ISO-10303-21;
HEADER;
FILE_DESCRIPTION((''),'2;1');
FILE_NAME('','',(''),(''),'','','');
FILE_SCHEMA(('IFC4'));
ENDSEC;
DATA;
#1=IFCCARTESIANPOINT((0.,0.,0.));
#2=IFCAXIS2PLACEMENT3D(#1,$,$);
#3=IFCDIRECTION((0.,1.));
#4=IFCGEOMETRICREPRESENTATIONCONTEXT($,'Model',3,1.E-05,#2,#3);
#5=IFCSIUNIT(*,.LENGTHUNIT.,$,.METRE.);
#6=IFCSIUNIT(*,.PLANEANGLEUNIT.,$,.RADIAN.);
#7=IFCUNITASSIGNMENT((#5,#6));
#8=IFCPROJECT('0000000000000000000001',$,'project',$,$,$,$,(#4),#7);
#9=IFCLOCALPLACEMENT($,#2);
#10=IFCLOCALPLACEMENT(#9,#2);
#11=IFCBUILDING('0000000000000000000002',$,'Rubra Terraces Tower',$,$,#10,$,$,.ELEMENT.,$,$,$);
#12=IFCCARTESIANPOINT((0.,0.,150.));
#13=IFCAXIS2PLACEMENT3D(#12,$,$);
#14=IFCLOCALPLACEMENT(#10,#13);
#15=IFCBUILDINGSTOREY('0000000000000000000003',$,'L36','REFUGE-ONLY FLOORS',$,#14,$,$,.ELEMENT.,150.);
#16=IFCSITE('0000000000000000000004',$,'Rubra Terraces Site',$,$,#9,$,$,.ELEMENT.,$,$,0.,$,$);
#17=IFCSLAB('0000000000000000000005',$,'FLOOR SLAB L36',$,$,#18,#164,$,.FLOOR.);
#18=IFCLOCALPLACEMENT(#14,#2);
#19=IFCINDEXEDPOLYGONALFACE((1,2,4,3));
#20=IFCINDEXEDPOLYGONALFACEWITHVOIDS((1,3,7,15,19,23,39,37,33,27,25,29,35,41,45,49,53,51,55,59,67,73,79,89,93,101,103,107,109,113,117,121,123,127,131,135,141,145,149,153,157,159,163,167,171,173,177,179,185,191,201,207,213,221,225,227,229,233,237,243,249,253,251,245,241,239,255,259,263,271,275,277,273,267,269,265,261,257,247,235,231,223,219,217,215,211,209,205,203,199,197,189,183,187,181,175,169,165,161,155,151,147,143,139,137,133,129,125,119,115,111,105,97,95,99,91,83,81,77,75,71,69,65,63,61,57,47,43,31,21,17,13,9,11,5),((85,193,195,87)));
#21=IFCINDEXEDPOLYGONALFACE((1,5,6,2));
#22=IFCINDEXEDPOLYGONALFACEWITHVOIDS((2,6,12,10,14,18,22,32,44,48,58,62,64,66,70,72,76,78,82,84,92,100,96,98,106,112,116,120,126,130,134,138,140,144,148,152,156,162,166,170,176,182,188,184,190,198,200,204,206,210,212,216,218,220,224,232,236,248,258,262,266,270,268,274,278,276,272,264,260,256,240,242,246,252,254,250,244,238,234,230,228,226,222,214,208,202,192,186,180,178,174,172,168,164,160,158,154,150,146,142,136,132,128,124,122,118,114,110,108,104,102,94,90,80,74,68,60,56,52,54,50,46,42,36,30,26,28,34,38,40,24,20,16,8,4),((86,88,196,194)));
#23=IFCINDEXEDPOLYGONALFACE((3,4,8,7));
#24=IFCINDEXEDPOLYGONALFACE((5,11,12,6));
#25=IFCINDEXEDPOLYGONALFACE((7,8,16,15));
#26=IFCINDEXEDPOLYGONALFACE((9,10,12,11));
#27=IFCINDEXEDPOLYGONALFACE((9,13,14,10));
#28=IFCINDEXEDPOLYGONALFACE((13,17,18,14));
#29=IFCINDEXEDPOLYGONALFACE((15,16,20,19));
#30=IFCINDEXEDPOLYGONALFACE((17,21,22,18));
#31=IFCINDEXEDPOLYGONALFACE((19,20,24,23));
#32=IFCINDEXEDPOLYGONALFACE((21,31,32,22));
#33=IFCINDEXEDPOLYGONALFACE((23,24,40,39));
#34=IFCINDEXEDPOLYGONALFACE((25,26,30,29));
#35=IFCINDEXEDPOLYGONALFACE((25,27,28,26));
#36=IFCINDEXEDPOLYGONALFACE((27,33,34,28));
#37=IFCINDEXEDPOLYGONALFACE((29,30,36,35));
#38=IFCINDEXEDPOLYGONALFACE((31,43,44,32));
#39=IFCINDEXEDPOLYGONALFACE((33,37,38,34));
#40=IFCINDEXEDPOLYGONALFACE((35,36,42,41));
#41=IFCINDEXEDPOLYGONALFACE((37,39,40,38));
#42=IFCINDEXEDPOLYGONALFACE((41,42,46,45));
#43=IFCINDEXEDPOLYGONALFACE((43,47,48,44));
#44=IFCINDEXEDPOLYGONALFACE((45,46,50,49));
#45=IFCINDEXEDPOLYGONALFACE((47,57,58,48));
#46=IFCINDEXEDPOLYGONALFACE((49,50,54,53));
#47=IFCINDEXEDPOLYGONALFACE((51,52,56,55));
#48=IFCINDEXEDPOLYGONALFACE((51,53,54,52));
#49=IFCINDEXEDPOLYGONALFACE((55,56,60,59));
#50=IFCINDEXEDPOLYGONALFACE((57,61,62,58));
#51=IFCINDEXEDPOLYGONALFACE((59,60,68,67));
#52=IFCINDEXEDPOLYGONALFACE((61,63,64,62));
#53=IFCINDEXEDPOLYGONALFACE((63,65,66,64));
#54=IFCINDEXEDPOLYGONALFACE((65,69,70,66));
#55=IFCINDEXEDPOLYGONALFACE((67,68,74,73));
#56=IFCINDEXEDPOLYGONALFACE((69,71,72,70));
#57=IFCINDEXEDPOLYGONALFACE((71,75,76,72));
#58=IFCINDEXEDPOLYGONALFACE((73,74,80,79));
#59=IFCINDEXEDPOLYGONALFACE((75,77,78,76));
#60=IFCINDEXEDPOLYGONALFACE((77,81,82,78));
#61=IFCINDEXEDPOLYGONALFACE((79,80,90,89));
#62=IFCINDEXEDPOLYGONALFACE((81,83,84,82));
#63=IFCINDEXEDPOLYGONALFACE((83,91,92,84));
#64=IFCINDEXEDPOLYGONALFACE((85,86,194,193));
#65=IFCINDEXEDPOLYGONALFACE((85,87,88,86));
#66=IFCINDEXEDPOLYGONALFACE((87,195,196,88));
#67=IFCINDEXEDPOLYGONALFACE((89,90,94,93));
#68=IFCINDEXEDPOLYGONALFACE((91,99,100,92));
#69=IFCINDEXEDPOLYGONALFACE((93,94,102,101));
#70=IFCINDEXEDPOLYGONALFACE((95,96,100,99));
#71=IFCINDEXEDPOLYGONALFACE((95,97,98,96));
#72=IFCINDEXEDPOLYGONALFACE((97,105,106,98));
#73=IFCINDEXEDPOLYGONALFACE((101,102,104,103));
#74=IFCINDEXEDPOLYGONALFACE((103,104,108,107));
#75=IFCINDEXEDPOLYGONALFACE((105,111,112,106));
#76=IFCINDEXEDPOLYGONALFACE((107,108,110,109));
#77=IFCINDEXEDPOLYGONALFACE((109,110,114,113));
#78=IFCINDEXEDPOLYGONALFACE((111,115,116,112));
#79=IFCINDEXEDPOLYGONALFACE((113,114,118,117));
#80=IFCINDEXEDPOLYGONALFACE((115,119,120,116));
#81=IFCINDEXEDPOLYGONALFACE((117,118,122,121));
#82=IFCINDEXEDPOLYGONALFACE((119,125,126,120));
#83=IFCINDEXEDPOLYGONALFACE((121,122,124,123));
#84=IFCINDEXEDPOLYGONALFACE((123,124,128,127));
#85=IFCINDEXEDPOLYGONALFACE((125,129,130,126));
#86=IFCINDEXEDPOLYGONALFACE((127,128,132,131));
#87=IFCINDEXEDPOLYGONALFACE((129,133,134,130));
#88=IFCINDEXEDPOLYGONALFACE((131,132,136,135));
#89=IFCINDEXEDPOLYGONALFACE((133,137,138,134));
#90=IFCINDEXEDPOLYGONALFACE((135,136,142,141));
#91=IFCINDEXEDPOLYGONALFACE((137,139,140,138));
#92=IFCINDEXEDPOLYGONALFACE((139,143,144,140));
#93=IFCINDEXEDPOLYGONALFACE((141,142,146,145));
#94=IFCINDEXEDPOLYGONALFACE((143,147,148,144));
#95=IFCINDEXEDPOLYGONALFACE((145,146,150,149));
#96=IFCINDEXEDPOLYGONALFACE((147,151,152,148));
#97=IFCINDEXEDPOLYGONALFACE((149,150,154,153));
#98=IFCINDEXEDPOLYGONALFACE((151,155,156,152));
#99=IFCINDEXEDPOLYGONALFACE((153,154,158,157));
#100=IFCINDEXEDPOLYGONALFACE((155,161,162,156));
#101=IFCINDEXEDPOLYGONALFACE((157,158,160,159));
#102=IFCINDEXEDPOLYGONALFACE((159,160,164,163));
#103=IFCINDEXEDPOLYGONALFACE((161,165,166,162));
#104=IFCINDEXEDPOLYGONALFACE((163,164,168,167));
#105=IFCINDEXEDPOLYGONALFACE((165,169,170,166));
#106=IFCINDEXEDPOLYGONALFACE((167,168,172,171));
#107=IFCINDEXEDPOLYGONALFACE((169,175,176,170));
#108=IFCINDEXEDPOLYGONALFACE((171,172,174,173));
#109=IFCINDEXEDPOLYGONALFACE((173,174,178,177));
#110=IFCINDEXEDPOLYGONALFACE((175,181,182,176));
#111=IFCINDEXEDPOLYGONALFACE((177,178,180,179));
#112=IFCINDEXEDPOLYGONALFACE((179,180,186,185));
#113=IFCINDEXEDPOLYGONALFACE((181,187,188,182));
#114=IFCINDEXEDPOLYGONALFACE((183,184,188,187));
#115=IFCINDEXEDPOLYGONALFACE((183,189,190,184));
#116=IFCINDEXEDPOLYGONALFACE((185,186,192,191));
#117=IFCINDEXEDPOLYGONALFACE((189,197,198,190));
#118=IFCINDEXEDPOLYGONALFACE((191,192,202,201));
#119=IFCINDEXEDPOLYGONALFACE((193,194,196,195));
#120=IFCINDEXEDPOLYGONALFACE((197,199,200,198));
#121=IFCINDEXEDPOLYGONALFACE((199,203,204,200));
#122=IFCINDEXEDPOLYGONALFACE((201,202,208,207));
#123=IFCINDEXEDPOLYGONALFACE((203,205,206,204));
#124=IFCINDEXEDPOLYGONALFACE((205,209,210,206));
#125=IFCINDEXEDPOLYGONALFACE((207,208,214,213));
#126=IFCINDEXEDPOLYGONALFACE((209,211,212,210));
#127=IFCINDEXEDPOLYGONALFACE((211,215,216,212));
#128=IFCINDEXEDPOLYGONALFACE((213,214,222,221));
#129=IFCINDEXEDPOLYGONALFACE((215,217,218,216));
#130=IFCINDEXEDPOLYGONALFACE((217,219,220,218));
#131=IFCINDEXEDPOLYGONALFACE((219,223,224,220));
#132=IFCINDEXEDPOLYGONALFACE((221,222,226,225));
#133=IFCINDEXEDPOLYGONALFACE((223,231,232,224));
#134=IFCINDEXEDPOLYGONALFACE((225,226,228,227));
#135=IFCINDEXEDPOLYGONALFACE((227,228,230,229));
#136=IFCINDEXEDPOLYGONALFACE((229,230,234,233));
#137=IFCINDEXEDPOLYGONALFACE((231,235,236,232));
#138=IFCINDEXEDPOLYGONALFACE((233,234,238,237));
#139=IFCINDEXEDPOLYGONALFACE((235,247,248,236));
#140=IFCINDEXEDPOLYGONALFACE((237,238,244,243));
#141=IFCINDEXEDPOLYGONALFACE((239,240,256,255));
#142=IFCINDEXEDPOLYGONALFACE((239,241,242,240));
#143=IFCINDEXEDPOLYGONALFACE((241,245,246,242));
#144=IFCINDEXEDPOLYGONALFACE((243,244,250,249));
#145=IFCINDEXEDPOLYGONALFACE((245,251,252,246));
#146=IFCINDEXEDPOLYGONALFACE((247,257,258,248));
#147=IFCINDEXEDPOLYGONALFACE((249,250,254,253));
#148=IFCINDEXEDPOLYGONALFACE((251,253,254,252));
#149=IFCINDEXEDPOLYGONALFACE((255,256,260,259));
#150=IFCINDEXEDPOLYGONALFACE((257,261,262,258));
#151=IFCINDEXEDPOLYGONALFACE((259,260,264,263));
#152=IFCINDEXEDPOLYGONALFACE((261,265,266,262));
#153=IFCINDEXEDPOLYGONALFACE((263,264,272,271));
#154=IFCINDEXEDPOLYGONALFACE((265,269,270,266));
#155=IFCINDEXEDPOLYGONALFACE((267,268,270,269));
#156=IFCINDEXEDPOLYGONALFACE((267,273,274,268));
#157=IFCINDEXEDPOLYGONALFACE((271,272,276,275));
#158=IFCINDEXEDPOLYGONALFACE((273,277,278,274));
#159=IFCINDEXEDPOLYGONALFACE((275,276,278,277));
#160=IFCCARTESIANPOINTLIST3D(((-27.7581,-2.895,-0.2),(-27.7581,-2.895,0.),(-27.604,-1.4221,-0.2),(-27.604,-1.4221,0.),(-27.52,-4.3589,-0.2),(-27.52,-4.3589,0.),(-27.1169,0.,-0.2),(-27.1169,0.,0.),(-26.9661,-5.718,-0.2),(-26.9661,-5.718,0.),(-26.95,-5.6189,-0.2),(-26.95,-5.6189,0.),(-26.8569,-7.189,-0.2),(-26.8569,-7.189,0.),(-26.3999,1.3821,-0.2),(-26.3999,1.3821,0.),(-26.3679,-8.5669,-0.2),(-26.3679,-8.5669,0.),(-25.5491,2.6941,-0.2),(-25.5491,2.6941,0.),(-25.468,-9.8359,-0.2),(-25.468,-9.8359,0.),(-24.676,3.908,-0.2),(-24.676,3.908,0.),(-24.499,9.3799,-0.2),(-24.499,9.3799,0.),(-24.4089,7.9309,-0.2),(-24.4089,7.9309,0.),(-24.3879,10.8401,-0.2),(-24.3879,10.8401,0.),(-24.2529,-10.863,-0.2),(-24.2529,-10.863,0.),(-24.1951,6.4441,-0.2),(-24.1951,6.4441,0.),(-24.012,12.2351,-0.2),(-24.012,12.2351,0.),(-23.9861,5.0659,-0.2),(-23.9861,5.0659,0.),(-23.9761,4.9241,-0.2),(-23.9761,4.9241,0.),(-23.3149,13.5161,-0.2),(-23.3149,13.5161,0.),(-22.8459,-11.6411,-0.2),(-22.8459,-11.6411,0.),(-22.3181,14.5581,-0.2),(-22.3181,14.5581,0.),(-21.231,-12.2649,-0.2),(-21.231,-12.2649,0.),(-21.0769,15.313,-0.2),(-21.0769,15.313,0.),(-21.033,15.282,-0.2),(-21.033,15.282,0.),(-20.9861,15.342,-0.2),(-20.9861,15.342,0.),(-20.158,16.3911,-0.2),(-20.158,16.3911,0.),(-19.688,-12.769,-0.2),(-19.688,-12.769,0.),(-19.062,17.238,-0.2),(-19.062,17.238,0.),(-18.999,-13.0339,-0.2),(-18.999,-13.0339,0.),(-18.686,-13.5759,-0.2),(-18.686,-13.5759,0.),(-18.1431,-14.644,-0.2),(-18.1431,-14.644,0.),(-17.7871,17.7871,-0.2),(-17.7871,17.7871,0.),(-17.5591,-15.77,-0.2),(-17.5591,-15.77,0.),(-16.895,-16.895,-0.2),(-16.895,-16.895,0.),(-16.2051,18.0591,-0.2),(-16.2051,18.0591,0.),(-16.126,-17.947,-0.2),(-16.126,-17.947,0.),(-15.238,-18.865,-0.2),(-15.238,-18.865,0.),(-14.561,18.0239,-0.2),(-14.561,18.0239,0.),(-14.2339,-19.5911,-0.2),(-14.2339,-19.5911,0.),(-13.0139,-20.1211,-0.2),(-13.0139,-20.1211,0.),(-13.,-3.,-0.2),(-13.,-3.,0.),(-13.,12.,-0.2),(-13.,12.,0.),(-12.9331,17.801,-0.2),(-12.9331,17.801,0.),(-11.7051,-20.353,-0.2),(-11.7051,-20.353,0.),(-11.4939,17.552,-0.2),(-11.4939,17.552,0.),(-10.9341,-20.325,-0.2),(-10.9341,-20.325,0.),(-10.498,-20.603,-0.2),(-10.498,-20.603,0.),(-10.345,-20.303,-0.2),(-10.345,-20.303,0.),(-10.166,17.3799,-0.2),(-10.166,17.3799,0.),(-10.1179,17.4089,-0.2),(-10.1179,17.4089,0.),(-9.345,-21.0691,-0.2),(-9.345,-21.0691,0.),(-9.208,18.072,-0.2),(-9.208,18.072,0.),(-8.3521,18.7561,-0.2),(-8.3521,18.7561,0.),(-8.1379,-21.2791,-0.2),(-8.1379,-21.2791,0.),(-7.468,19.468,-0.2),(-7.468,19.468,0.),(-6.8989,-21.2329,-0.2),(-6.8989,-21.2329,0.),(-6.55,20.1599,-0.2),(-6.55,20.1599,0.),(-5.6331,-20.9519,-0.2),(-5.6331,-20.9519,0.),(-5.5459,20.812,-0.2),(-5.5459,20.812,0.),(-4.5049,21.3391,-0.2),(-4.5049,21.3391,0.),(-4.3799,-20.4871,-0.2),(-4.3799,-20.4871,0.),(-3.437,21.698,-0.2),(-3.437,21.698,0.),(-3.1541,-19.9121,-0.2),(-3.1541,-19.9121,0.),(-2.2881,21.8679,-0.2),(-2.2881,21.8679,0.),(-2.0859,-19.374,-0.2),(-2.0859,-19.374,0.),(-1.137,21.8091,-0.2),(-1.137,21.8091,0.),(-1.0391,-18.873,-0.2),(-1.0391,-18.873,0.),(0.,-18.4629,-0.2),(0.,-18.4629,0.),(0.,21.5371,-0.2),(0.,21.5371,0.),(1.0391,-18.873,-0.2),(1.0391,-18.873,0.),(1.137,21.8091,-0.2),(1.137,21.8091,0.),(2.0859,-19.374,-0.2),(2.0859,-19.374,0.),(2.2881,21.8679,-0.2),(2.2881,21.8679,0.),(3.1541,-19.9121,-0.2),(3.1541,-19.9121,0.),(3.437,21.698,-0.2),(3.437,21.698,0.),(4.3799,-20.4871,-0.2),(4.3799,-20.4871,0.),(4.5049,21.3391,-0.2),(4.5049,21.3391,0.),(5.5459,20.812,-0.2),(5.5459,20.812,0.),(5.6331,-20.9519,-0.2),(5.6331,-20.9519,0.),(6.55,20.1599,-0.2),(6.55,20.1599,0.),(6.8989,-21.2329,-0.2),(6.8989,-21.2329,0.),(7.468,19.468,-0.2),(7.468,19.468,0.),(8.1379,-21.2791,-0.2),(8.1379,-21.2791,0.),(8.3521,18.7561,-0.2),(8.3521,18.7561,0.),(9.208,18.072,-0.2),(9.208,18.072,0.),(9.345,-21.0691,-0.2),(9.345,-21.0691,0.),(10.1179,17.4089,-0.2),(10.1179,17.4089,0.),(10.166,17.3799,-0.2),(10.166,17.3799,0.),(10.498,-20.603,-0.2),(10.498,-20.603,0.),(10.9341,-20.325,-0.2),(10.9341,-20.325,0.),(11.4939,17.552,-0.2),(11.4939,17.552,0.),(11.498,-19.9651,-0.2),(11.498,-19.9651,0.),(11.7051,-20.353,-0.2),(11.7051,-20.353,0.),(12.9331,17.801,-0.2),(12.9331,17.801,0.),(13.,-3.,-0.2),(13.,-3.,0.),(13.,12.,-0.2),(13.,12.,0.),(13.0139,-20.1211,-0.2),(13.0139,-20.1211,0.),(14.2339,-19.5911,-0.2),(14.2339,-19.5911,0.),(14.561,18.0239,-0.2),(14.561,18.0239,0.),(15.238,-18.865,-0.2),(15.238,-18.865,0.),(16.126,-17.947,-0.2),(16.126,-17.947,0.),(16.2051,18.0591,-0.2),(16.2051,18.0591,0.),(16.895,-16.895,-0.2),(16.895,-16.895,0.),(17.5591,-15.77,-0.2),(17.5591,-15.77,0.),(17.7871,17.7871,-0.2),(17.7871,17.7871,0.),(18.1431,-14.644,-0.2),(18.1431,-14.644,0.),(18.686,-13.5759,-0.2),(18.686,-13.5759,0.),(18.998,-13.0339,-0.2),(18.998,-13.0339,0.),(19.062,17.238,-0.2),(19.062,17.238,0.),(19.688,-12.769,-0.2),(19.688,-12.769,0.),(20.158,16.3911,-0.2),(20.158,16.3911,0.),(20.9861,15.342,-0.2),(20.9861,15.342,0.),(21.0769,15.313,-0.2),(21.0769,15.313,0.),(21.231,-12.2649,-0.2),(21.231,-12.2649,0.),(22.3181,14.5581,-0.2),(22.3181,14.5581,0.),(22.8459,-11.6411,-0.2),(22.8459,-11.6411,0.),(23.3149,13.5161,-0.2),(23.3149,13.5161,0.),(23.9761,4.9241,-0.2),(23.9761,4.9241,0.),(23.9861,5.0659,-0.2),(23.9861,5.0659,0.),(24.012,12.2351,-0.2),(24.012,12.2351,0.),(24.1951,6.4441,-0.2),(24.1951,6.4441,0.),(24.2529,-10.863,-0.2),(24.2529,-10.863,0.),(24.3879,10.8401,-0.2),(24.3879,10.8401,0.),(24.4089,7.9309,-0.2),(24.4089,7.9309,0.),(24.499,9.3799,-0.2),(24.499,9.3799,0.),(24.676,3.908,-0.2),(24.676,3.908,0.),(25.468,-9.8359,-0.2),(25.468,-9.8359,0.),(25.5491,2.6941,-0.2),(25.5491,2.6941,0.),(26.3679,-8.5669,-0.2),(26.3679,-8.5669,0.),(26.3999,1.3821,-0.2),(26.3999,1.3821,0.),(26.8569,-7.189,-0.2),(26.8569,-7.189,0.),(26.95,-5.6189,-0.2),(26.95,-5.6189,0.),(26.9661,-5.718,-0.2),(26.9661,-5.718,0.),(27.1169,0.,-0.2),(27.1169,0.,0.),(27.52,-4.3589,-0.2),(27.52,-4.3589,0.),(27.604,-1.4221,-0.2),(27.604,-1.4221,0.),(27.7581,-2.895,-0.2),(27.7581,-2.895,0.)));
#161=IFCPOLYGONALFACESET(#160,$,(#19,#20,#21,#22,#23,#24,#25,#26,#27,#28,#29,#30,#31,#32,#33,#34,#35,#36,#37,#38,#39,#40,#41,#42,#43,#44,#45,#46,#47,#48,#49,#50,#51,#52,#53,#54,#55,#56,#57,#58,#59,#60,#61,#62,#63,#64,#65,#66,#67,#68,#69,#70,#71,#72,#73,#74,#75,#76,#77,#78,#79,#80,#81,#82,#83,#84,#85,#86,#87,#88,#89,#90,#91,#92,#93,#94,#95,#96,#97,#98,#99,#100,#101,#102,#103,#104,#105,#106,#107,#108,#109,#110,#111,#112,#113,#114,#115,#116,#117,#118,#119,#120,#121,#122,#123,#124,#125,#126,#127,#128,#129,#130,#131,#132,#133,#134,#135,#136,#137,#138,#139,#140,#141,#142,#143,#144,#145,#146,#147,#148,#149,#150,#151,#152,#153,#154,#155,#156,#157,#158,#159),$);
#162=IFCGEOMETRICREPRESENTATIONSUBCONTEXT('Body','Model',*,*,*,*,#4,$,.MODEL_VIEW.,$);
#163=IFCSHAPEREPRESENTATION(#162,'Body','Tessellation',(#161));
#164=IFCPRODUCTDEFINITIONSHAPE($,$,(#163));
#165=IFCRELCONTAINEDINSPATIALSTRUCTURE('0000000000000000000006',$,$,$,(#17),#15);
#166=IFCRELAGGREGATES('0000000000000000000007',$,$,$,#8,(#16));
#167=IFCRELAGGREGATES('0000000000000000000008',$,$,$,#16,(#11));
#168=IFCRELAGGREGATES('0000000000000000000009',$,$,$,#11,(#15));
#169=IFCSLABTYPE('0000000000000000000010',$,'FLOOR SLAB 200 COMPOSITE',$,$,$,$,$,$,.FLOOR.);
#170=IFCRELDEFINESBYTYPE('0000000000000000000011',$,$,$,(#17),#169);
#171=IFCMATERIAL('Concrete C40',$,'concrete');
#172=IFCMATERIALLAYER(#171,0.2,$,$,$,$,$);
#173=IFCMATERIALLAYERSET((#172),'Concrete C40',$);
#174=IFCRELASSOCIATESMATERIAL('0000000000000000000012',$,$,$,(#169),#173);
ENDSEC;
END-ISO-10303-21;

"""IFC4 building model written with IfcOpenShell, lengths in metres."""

from ifc_helpers import new_model, si_unit, direction, frame, origin, place, context, subcontext, project, spatial, polyline, outline, extrude, material, layer, layer_set, type_object, element, save


model = new_model("IFC4")

# Units and contexts
model_context = context("Model", 3, precision=1e-05, world=origin(), true_north=direction((0.0, 1.0)))
body_context = subcontext(model_context, "Body", "Model", "MODEL_VIEW")
ifc_project = project(units=[si_unit("LENGTHUNIT", "METRE"), si_unit("PLANEANGLEUNIT", "RADIAN")], contexts=[model_context])

# Site, building, storey
site_placement = place(None, origin())
site = spatial("IfcSite", under=ifc_project, at=site_placement, Name="Rubra Terraces Site", CompositionType="ELEMENT", RefElevation=0.0)
building_placement = place(site_placement, origin())
building = spatial("IfcBuilding", under=site, at=building_placement, Name="Rubra Terraces Tower", CompositionType="ELEMENT")
storey_placement = place(building_placement, frame((0.0, 0.0, 150.0)))
storey = spatial("IfcBuildingStorey", under=building, at=storey_placement, Name="L36", Description="REFUGE-ONLY FLOORS", CompositionType="ELEMENT", Elevation=150.0)

# Slab
ifc_material_1 = material(Name="Concrete C40", Category="concrete")
ifc_layer_1 = layer(ifc_material_1, 0.2)
ifc_layer_set_1 = layer_set([ifc_layer_1], Name="Concrete C40")
slab_type = type_object("IfcSlabType", Name="FLOOR SLAB 200 COMPOSITE", PredefinedType="FLOOR", material=ifc_layer_set_1)
slab_placement = place(storey_placement, frame((0.0, 0.0, -0.2)))
element("IfcSlab", 1, at=slab_placement, inside=storey, type_object=slab_type, Name="FLOOR SLAB L36", PredefinedType="FLOOR", context=body_context, shape_type="SweptSolid", body=[
    extrude(outline(polyline([(18.686, -13.5759), (18.998, -13.0339), (19.688, -12.769), (21.231, -12.2649), (22.8459, -11.6411), (24.2529, -10.863), (25.468, -9.8359), (26.3679, -8.5669), (26.8569, -7.189), (26.9661, -5.718), (26.95, -5.6189), (27.52, -4.3589), (27.7581, -2.895), (27.604, -1.4221), (27.1169, 0.0), (26.3999, 1.3821), (25.5491, 2.6941), (24.676, 3.908), (23.9761, 4.9241), (23.9861, 5.0659), (24.1951, 6.4441), (24.4089, 7.9309), (24.499, 9.3799), (24.3879, 10.8401), (24.012, 12.2351), (23.3149, 13.5161), (22.3181, 14.5581), (21.0769, 15.313), (20.9861, 15.342), (20.158, 16.3911), (19.062, 17.238), (17.7871, 17.7871), (16.2051, 18.0591), (14.561, 18.0239), (12.9331, 17.801), (11.4939, 17.552), (10.166, 17.3799), (10.1179, 17.4089), (9.208, 18.072), (8.3521, 18.7561), (7.468, 19.468), (6.55, 20.1599), (5.5459, 20.812), (4.5049, 21.3391), (3.437, 21.698), (2.2881, 21.8679), (1.137, 21.8091), (0.0, 21.5371), (-1.137, 21.8091), (-2.2881, 21.8679), (-3.437, 21.698), (-4.5049, 21.3391), (-5.5459, 20.812), (-6.55, 20.1599), (-7.468, 19.468), (-8.3521, 18.7561), (-9.208, 18.072), (-10.1179, 17.4089), (-10.166, 17.3799), (-11.4939, 17.552), (-12.9331, 17.801), (-14.561, 18.0239), (-16.2051, 18.0591), (-17.7871, 17.7871), (-19.062, 17.238), (-20.158, 16.3911), (-21.033, 15.282), (-20.9861, 15.342), (-21.0769, 15.313), (-22.3181, 14.5581), (-23.3149, 13.5161), (-24.012, 12.2351), (-24.3879, 10.8401), (-24.499, 9.3799), (-24.4089, 7.9309), (-24.1951, 6.4441), (-23.9861, 5.0659), (-23.9761, 4.9241), (-24.676, 3.908), (-25.5491, 2.6941), (-26.3999, 1.3821), (-27.1169, 0.0), (-27.604, -1.4221), (-27.7581, -2.895), (-27.52, -4.3589), (-26.95, -5.6189), (-26.9661, -5.718), (-26.8569, -7.189), (-26.3679, -8.5669), (-25.468, -9.8359), (-24.2529, -10.863), (-22.8459, -11.6411), (-21.231, -12.2649), (-19.688, -12.769), (-18.999, -13.0339), (-18.686, -13.5759), (-18.1431, -14.644), (-17.5591, -15.77), (-16.895, -16.895), (-16.126, -17.947), (-15.238, -18.865), (-14.2339, -19.5911), (-13.0139, -20.1211), (-11.7051, -20.353), (-10.345, -20.303), (-10.9341, -20.325), (-10.498, -20.603), (-9.345, -21.0691), (-8.1379, -21.2791), (-6.8989, -21.2329), (-5.6331, -20.9519), (-4.3799, -20.4871), (-3.1541, -19.9121), (-2.0859, -19.374), (-1.0391, -18.873), (0.0, -18.4629), (1.0391, -18.873), (2.0859, -19.374), (3.1541, -19.9121), (4.3799, -20.4871), (5.6331, -20.9519), (6.8989, -21.2329), (8.1379, -21.2791), (9.345, -21.0691), (10.498, -20.603), (11.498, -19.9651), (10.9341, -20.325), (11.7051, -20.353), (13.0139, -20.1211), (14.2339, -19.5911), (15.238, -18.865), (16.126, -17.947), (16.895, -16.895), (17.5591, -15.77), (18.1431, -14.644), (18.686, -13.5759)]), holes=[polyline([(13.0, 12.0), (13.0, -3.0), (-13.0, -3.0), (-13.0, 12.0), (13.0, 12.0)])]), origin(), (0.0, 0.0, 1.0), 0.2),
])

save(model, "model.ifc")
